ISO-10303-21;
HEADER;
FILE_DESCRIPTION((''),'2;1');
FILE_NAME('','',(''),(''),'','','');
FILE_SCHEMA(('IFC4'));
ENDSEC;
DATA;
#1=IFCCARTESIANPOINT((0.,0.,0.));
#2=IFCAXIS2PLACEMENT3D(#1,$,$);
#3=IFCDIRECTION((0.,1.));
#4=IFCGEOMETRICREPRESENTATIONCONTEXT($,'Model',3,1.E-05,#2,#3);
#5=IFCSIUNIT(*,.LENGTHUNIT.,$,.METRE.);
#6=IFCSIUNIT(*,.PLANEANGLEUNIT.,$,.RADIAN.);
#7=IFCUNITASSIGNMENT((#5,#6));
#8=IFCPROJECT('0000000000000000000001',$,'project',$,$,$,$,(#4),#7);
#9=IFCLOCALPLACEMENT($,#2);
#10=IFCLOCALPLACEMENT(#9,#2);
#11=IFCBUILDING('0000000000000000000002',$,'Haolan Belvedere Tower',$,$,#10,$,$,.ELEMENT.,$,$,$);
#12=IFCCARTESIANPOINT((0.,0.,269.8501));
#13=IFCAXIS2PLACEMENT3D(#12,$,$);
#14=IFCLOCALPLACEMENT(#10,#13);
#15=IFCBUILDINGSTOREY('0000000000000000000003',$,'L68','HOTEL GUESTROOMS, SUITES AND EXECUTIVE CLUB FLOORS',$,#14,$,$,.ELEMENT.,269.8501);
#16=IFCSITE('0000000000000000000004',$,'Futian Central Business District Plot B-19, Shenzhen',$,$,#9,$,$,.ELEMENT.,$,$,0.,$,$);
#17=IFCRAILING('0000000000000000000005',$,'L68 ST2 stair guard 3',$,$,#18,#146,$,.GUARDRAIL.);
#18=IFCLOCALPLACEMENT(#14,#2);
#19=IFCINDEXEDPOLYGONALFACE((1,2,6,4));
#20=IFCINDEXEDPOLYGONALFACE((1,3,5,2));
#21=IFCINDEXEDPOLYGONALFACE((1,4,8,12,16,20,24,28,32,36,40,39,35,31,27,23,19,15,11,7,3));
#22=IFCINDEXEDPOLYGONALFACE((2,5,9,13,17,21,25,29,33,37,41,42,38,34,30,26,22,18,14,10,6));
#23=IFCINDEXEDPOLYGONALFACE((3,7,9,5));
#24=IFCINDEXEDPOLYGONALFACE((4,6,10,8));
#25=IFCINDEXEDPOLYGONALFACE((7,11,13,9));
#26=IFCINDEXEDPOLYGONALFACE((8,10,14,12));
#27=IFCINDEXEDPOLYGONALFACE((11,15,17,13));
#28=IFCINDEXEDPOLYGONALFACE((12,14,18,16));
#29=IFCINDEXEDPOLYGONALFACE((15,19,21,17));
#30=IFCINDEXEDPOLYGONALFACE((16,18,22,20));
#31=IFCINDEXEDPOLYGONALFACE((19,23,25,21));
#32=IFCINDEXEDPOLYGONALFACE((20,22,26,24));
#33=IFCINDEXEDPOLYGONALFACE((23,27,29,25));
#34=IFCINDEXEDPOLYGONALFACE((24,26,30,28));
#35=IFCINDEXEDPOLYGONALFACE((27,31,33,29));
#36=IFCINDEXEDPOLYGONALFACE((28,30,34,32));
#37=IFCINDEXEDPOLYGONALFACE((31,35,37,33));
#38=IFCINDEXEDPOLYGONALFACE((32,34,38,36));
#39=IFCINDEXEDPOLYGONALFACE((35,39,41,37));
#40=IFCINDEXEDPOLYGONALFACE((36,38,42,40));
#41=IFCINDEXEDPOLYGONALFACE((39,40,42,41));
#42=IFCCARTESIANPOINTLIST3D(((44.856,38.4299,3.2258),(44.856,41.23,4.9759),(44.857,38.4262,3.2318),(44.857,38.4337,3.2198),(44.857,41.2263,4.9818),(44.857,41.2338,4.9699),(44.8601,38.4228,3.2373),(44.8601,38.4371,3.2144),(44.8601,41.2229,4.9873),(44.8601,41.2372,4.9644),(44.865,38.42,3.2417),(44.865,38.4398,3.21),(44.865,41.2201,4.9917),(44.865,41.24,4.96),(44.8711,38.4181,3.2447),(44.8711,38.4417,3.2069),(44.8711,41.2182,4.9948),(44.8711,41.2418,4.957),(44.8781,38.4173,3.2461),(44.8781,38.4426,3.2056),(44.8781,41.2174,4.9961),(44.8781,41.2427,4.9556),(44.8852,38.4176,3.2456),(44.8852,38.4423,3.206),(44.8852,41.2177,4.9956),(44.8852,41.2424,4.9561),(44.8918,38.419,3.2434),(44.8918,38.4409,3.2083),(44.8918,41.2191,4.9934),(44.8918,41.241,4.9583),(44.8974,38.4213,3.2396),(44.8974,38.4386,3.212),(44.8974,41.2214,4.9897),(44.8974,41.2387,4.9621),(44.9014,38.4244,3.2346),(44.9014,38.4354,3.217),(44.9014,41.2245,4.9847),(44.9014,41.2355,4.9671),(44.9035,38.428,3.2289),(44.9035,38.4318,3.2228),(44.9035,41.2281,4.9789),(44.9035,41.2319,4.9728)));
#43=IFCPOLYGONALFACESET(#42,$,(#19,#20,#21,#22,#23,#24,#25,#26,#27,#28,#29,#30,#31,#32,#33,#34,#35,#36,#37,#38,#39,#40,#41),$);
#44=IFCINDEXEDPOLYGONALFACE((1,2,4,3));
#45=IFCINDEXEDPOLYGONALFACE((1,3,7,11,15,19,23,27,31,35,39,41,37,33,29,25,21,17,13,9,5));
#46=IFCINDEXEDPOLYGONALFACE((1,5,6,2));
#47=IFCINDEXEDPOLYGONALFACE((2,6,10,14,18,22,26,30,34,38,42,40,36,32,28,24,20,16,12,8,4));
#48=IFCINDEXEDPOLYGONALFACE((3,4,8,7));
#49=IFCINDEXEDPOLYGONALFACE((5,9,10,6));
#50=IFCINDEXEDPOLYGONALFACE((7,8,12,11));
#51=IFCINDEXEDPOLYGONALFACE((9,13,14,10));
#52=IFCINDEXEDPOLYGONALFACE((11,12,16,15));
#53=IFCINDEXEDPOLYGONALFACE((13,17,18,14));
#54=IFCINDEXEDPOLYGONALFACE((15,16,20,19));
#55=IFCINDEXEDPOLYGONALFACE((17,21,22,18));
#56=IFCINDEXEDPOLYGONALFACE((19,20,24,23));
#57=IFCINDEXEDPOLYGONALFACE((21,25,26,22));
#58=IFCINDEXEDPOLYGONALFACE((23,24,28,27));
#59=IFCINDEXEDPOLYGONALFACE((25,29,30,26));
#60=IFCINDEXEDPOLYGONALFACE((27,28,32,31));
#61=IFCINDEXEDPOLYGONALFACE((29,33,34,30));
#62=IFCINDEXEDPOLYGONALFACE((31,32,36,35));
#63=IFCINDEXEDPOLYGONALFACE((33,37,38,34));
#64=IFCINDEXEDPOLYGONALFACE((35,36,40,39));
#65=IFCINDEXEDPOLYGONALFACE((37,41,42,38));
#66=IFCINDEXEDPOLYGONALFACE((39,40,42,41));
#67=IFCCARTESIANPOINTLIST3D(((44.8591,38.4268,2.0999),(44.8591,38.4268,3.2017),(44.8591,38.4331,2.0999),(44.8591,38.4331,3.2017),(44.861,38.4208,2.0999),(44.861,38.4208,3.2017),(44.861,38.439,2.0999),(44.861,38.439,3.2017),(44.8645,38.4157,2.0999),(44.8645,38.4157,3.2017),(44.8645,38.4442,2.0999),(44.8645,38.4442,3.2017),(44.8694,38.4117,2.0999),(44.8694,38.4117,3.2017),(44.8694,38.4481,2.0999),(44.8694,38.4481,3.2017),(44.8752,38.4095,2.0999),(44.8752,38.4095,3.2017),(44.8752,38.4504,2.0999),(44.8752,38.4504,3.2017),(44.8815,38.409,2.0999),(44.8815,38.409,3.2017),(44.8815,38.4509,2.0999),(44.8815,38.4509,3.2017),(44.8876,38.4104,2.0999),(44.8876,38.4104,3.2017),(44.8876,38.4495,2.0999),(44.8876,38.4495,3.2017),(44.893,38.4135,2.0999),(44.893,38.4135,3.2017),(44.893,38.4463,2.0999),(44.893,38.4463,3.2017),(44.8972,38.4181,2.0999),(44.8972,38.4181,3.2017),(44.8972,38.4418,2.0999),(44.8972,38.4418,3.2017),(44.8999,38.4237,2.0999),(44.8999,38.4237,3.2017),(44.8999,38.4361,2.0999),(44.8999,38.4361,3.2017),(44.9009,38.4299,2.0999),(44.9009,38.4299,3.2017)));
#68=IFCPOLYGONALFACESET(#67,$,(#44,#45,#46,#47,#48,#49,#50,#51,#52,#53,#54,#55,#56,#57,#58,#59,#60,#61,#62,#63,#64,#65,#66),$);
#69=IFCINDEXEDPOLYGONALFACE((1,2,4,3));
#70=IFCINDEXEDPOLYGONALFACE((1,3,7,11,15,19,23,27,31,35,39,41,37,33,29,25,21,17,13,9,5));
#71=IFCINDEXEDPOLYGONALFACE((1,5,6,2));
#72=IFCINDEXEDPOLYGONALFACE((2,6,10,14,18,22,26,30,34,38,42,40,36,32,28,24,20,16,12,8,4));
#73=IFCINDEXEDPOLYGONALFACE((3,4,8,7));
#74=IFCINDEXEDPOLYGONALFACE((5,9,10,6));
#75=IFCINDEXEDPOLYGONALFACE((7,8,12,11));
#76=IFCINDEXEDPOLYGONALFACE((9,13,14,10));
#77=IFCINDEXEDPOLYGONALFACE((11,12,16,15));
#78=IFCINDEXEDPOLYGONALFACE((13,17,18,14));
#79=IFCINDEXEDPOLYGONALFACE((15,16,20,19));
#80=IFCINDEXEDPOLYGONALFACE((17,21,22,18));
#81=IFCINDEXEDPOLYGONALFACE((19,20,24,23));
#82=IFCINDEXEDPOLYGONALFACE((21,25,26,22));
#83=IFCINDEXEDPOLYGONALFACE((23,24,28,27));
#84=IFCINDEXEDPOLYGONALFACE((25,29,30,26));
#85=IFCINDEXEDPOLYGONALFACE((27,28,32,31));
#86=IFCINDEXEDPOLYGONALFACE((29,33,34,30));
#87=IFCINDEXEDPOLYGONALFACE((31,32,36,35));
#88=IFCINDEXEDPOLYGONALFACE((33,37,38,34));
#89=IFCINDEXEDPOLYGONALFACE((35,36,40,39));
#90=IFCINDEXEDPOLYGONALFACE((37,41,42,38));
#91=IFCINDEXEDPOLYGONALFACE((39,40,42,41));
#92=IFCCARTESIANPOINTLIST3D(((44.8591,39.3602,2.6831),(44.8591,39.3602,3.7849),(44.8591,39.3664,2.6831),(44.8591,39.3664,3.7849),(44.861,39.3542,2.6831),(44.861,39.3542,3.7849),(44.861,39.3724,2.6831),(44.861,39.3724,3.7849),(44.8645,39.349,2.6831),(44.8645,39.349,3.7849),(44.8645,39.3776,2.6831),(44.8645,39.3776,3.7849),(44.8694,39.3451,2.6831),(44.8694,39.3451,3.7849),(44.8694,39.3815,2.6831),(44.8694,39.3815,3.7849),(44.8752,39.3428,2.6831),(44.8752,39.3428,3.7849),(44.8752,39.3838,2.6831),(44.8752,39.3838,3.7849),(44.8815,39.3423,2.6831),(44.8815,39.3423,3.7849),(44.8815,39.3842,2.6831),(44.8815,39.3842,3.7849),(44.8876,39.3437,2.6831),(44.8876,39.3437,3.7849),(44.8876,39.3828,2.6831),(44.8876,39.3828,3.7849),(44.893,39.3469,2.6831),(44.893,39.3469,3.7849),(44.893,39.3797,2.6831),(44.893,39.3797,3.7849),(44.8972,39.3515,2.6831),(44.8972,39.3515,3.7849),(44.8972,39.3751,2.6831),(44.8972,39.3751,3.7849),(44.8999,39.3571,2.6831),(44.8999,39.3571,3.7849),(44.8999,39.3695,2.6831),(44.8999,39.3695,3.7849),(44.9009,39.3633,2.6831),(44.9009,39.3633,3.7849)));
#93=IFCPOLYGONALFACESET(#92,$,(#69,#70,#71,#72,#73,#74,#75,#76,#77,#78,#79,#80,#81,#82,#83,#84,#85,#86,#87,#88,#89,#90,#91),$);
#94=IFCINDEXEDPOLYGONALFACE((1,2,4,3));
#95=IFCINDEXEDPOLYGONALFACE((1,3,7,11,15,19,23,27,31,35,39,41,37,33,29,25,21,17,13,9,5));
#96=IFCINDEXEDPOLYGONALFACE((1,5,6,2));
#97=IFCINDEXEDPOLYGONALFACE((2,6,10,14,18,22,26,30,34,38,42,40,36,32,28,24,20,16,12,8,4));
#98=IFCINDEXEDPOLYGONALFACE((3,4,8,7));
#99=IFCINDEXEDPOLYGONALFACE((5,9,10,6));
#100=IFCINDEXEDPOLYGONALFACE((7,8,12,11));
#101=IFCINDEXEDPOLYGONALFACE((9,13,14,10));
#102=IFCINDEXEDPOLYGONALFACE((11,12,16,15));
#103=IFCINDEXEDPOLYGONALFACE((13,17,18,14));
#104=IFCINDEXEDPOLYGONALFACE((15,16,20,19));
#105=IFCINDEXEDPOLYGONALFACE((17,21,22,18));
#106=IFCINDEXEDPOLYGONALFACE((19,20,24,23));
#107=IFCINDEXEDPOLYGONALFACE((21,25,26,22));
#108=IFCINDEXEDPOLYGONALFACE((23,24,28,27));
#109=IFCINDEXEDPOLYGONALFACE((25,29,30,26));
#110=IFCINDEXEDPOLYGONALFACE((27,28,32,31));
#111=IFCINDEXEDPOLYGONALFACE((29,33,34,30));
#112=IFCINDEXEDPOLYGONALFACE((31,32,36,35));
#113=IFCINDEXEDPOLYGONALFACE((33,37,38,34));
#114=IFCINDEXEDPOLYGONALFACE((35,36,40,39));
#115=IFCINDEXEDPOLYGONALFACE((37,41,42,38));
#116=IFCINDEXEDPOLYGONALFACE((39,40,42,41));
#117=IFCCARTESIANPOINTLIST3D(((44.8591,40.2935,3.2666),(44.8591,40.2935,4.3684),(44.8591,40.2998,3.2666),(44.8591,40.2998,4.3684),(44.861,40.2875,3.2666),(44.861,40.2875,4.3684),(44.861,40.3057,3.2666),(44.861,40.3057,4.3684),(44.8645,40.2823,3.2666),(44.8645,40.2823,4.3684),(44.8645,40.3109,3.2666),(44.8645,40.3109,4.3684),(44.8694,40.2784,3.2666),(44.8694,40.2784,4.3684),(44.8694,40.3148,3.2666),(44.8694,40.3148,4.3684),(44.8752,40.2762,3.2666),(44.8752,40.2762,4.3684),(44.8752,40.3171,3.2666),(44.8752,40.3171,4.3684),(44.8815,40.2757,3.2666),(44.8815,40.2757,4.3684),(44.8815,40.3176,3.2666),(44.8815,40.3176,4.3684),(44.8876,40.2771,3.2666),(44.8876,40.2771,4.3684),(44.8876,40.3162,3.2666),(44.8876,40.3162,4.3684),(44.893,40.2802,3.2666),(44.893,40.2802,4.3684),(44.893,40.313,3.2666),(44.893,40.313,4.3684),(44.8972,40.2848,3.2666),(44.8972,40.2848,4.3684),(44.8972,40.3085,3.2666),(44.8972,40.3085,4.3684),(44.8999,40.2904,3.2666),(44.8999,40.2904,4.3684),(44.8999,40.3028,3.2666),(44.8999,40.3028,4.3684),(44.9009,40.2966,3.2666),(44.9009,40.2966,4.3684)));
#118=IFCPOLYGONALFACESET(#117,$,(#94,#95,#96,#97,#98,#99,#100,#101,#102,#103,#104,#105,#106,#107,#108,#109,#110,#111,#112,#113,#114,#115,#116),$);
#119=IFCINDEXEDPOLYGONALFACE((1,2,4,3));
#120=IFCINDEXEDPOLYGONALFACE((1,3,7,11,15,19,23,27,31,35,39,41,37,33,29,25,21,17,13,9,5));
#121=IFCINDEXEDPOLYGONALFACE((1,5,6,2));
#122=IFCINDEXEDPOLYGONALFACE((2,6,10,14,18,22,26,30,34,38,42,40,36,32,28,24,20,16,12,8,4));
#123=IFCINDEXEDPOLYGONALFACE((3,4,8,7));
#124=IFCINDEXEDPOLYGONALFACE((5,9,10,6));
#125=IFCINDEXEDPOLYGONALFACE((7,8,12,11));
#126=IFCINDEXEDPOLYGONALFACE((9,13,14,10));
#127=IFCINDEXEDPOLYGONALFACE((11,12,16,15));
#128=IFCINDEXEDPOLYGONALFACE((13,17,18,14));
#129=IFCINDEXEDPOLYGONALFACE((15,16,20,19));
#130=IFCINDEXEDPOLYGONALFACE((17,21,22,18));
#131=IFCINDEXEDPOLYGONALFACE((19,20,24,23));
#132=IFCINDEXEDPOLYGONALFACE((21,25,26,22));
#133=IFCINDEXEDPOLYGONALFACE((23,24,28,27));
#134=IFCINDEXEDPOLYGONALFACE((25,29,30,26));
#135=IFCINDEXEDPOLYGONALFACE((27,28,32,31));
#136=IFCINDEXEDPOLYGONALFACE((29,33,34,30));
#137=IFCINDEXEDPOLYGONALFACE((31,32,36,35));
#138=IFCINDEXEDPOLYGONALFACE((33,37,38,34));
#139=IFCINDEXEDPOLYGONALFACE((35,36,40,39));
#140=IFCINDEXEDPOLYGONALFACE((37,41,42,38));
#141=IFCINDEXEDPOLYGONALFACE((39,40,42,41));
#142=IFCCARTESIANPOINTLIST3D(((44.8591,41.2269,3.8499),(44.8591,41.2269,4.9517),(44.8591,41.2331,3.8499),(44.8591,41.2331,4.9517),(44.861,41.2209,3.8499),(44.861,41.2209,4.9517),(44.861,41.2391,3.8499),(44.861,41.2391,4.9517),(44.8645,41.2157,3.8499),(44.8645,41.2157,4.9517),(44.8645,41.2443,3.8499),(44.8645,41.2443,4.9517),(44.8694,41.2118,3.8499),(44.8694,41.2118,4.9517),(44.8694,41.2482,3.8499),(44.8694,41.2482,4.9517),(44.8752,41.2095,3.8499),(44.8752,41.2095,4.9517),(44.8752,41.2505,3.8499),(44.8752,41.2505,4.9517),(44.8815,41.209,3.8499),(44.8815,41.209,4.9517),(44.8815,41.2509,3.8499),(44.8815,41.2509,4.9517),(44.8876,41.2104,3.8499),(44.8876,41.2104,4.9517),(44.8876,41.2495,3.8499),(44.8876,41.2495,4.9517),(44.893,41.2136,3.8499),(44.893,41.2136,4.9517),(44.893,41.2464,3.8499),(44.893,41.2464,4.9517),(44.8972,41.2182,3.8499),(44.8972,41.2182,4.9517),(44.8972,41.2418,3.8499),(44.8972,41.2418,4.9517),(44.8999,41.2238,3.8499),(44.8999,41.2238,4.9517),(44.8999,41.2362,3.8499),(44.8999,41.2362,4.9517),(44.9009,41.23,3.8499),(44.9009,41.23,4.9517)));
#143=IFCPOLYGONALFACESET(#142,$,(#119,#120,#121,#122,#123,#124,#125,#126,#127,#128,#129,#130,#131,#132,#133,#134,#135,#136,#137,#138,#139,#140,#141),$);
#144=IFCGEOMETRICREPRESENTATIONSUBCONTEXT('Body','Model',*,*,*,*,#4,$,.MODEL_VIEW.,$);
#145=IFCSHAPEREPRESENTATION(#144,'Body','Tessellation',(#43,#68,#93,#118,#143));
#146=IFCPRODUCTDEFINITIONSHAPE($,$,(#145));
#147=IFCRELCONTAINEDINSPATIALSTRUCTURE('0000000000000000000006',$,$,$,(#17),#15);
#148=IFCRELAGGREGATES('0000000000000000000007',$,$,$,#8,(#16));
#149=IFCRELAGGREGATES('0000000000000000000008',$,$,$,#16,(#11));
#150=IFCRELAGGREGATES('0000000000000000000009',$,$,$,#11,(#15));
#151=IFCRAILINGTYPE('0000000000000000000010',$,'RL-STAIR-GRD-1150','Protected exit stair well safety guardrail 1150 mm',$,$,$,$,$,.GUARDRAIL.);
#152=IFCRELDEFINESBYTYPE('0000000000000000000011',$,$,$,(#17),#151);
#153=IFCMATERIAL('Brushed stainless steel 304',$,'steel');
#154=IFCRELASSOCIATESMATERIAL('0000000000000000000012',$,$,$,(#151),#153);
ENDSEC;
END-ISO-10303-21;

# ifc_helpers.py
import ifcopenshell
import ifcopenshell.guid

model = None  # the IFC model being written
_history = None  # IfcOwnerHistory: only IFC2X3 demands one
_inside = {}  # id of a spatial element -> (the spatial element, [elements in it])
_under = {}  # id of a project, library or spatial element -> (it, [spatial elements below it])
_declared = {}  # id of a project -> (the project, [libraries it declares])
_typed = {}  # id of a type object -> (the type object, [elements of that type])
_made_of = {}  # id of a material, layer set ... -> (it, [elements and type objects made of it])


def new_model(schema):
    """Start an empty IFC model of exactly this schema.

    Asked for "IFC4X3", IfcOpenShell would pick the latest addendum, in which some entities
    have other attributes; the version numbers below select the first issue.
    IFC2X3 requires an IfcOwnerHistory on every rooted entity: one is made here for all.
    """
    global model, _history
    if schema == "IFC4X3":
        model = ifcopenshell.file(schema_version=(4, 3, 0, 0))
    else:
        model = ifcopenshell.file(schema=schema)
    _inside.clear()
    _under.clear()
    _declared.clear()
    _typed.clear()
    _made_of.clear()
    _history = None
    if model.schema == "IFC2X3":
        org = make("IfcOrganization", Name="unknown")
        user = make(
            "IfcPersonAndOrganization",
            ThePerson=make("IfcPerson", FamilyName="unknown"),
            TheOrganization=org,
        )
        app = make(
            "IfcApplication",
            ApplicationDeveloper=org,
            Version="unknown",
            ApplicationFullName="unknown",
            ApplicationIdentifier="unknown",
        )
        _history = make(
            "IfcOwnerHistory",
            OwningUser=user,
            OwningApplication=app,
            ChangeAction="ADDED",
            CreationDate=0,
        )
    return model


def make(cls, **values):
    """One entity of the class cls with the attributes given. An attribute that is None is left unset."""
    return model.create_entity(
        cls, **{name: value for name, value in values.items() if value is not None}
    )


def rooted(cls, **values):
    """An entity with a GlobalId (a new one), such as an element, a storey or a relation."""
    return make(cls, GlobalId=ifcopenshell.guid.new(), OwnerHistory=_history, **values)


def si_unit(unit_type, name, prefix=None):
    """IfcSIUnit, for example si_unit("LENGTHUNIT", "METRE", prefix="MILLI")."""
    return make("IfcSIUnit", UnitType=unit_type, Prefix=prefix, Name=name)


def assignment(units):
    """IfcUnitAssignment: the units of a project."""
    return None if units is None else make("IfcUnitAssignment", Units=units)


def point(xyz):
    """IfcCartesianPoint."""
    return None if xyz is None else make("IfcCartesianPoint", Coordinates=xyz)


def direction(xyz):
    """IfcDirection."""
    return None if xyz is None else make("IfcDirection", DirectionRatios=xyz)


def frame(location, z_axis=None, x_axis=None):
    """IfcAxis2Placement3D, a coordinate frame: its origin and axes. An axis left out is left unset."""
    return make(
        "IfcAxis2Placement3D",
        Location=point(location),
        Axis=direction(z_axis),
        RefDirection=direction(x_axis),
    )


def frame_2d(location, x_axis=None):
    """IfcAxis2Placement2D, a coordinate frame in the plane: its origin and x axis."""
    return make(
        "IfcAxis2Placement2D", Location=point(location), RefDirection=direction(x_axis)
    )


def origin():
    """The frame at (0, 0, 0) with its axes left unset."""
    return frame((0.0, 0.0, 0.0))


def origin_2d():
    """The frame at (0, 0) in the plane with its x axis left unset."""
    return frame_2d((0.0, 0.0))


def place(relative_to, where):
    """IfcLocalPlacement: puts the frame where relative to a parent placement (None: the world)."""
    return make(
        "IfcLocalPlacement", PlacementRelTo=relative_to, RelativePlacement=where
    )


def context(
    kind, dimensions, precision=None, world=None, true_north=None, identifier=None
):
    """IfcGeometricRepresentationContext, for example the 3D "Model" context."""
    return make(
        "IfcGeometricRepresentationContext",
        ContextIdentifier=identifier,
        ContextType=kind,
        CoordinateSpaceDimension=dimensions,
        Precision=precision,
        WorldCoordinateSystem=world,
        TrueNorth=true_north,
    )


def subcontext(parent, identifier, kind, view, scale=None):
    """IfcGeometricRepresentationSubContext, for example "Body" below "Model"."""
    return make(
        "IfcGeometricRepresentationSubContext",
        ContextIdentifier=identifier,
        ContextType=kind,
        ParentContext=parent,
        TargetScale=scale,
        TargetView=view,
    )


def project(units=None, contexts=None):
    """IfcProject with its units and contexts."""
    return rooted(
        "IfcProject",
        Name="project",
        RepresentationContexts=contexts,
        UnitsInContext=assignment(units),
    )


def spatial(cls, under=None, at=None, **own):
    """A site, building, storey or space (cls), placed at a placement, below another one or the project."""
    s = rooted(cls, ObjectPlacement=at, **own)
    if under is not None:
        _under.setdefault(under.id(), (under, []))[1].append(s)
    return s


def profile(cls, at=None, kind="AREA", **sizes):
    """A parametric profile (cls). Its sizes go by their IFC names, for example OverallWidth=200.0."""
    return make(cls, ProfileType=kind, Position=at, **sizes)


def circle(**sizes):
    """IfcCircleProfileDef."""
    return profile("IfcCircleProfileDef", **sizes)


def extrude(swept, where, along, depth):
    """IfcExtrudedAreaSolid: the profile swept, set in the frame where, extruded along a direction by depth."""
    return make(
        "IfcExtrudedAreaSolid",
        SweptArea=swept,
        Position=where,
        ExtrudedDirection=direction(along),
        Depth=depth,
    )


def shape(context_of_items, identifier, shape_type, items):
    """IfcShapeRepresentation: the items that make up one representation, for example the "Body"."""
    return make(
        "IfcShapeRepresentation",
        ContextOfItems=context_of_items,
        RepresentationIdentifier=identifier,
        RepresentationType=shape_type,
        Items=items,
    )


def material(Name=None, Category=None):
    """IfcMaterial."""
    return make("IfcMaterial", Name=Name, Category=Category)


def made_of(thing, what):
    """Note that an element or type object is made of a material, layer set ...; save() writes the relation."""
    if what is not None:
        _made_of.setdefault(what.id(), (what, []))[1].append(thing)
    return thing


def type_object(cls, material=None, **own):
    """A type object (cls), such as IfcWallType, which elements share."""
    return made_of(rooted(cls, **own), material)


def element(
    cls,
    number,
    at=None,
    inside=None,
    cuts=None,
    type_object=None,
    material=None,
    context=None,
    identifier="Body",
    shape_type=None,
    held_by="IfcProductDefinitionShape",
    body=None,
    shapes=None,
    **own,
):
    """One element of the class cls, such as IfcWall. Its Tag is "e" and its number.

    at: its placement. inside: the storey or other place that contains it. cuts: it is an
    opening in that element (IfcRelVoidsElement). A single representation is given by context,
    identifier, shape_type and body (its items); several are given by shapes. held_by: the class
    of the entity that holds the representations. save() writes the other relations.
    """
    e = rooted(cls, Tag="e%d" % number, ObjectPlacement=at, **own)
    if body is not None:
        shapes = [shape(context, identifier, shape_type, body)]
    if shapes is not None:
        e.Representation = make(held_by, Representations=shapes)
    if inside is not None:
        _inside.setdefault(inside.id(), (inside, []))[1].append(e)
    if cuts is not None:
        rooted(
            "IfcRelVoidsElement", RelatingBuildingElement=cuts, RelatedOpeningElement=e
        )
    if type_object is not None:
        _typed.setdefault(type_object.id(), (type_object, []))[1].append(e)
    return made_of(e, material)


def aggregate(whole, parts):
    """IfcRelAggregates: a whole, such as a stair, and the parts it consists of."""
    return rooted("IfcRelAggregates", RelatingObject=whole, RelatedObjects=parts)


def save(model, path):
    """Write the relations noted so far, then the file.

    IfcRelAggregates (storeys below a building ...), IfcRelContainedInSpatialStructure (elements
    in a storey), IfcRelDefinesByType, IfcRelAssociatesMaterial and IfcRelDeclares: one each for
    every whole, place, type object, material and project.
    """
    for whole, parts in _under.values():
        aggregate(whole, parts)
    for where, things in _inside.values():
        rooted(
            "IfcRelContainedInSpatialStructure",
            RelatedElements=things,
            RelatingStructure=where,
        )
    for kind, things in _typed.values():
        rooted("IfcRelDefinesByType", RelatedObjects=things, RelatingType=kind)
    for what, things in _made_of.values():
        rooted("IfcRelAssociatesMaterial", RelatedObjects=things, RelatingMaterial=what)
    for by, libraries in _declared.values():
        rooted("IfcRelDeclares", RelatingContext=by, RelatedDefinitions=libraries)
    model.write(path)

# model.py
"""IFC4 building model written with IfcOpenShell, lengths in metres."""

from ifc_helpers import new_model, si_unit, direction, frame, origin, origin_2d, place, context, subcontext, project, spatial, circle, extrude, material, type_object, element, save


model = new_model("IFC4")

# Units and contexts
model_context = context("Model", 3, precision=1e-05, world=origin(), true_north=direction((0.0, 1.0)))
body_context = subcontext(model_context, "Body", "Model", "MODEL_VIEW")
ifc_project = project(units=[si_unit("LENGTHUNIT", "METRE"), si_unit("PLANEANGLEUNIT", "RADIAN")], contexts=[model_context])

# Site, building, storey
site_placement = place(None, origin())
site = spatial("IfcSite", under=ifc_project, at=site_placement, Name="Futian Central Business District Plot B-19, Shenzhen", CompositionType="ELEMENT", RefElevation=0.0)
building_placement = place(site_placement, origin())
building = spatial("IfcBuilding", under=site, at=building_placement, Name="Haolan Belvedere Tower", CompositionType="ELEMENT")
storey_placement = place(building_placement, frame((0.0, 0.0, 269.8501)))
storey = spatial("IfcBuildingStorey", under=building, at=storey_placement, Name="L68", Description="HOTEL GUESTROOMS, SUITES AND EXECUTIVE CLUB FLOORS", CompositionType="ELEMENT", Elevation=269.8501)

# Railing
ifc_material_1 = material(Name="Brushed stainless steel 304", Category="steel")
railing_type_1 = type_object("IfcRailingType", Name="RL-STAIR-GRD-1150", Description="Protected exit stair well safety guardrail 1150 mm", PredefinedType="GUARDRAIL", material=ifc_material_1)
railing_1_placement = place(storey_placement, frame((44.8799, 38.4299, 2.0999)))
element("IfcRailing", 1, at=railing_1_placement, inside=storey, type_object=railing_type_1, Name="L68 ST2 stair guard 3", PredefinedType="GUARDRAIL", context=body_context, shape_type="SweptSolid", body=[
    extrude(circle(Radius=0.0239, at=origin_2d()), frame((0.0, 0.0, 1.126), z_axis=(0.0, 0.848002, 0.529992), x_axis=(-1.0, 0.0, 0.0)), (0.0, 0.0, 1.0), 3.302),
    extrude(circle(Radius=0.021, at=origin_2d()), origin(), (0.0, 0.0, 1.0), 1.1018),
    extrude(circle(Radius=0.021, at=origin_2d()), frame((0.0, 0.9333, 0.5833)), (0.0, 0.0, 1.0), 1.1018),
    extrude(circle(Radius=0.021, at=origin_2d()), frame((0.0, 1.8667, 1.1667)), (0.0, 0.0, 1.0), 1.1018),
    extrude(circle(Radius=0.021, at=origin_2d()), frame((0.0, 2.8, 1.75)), (0.0, 0.0, 1.0), 1.1018),
])

save(model, "model.ifc")
